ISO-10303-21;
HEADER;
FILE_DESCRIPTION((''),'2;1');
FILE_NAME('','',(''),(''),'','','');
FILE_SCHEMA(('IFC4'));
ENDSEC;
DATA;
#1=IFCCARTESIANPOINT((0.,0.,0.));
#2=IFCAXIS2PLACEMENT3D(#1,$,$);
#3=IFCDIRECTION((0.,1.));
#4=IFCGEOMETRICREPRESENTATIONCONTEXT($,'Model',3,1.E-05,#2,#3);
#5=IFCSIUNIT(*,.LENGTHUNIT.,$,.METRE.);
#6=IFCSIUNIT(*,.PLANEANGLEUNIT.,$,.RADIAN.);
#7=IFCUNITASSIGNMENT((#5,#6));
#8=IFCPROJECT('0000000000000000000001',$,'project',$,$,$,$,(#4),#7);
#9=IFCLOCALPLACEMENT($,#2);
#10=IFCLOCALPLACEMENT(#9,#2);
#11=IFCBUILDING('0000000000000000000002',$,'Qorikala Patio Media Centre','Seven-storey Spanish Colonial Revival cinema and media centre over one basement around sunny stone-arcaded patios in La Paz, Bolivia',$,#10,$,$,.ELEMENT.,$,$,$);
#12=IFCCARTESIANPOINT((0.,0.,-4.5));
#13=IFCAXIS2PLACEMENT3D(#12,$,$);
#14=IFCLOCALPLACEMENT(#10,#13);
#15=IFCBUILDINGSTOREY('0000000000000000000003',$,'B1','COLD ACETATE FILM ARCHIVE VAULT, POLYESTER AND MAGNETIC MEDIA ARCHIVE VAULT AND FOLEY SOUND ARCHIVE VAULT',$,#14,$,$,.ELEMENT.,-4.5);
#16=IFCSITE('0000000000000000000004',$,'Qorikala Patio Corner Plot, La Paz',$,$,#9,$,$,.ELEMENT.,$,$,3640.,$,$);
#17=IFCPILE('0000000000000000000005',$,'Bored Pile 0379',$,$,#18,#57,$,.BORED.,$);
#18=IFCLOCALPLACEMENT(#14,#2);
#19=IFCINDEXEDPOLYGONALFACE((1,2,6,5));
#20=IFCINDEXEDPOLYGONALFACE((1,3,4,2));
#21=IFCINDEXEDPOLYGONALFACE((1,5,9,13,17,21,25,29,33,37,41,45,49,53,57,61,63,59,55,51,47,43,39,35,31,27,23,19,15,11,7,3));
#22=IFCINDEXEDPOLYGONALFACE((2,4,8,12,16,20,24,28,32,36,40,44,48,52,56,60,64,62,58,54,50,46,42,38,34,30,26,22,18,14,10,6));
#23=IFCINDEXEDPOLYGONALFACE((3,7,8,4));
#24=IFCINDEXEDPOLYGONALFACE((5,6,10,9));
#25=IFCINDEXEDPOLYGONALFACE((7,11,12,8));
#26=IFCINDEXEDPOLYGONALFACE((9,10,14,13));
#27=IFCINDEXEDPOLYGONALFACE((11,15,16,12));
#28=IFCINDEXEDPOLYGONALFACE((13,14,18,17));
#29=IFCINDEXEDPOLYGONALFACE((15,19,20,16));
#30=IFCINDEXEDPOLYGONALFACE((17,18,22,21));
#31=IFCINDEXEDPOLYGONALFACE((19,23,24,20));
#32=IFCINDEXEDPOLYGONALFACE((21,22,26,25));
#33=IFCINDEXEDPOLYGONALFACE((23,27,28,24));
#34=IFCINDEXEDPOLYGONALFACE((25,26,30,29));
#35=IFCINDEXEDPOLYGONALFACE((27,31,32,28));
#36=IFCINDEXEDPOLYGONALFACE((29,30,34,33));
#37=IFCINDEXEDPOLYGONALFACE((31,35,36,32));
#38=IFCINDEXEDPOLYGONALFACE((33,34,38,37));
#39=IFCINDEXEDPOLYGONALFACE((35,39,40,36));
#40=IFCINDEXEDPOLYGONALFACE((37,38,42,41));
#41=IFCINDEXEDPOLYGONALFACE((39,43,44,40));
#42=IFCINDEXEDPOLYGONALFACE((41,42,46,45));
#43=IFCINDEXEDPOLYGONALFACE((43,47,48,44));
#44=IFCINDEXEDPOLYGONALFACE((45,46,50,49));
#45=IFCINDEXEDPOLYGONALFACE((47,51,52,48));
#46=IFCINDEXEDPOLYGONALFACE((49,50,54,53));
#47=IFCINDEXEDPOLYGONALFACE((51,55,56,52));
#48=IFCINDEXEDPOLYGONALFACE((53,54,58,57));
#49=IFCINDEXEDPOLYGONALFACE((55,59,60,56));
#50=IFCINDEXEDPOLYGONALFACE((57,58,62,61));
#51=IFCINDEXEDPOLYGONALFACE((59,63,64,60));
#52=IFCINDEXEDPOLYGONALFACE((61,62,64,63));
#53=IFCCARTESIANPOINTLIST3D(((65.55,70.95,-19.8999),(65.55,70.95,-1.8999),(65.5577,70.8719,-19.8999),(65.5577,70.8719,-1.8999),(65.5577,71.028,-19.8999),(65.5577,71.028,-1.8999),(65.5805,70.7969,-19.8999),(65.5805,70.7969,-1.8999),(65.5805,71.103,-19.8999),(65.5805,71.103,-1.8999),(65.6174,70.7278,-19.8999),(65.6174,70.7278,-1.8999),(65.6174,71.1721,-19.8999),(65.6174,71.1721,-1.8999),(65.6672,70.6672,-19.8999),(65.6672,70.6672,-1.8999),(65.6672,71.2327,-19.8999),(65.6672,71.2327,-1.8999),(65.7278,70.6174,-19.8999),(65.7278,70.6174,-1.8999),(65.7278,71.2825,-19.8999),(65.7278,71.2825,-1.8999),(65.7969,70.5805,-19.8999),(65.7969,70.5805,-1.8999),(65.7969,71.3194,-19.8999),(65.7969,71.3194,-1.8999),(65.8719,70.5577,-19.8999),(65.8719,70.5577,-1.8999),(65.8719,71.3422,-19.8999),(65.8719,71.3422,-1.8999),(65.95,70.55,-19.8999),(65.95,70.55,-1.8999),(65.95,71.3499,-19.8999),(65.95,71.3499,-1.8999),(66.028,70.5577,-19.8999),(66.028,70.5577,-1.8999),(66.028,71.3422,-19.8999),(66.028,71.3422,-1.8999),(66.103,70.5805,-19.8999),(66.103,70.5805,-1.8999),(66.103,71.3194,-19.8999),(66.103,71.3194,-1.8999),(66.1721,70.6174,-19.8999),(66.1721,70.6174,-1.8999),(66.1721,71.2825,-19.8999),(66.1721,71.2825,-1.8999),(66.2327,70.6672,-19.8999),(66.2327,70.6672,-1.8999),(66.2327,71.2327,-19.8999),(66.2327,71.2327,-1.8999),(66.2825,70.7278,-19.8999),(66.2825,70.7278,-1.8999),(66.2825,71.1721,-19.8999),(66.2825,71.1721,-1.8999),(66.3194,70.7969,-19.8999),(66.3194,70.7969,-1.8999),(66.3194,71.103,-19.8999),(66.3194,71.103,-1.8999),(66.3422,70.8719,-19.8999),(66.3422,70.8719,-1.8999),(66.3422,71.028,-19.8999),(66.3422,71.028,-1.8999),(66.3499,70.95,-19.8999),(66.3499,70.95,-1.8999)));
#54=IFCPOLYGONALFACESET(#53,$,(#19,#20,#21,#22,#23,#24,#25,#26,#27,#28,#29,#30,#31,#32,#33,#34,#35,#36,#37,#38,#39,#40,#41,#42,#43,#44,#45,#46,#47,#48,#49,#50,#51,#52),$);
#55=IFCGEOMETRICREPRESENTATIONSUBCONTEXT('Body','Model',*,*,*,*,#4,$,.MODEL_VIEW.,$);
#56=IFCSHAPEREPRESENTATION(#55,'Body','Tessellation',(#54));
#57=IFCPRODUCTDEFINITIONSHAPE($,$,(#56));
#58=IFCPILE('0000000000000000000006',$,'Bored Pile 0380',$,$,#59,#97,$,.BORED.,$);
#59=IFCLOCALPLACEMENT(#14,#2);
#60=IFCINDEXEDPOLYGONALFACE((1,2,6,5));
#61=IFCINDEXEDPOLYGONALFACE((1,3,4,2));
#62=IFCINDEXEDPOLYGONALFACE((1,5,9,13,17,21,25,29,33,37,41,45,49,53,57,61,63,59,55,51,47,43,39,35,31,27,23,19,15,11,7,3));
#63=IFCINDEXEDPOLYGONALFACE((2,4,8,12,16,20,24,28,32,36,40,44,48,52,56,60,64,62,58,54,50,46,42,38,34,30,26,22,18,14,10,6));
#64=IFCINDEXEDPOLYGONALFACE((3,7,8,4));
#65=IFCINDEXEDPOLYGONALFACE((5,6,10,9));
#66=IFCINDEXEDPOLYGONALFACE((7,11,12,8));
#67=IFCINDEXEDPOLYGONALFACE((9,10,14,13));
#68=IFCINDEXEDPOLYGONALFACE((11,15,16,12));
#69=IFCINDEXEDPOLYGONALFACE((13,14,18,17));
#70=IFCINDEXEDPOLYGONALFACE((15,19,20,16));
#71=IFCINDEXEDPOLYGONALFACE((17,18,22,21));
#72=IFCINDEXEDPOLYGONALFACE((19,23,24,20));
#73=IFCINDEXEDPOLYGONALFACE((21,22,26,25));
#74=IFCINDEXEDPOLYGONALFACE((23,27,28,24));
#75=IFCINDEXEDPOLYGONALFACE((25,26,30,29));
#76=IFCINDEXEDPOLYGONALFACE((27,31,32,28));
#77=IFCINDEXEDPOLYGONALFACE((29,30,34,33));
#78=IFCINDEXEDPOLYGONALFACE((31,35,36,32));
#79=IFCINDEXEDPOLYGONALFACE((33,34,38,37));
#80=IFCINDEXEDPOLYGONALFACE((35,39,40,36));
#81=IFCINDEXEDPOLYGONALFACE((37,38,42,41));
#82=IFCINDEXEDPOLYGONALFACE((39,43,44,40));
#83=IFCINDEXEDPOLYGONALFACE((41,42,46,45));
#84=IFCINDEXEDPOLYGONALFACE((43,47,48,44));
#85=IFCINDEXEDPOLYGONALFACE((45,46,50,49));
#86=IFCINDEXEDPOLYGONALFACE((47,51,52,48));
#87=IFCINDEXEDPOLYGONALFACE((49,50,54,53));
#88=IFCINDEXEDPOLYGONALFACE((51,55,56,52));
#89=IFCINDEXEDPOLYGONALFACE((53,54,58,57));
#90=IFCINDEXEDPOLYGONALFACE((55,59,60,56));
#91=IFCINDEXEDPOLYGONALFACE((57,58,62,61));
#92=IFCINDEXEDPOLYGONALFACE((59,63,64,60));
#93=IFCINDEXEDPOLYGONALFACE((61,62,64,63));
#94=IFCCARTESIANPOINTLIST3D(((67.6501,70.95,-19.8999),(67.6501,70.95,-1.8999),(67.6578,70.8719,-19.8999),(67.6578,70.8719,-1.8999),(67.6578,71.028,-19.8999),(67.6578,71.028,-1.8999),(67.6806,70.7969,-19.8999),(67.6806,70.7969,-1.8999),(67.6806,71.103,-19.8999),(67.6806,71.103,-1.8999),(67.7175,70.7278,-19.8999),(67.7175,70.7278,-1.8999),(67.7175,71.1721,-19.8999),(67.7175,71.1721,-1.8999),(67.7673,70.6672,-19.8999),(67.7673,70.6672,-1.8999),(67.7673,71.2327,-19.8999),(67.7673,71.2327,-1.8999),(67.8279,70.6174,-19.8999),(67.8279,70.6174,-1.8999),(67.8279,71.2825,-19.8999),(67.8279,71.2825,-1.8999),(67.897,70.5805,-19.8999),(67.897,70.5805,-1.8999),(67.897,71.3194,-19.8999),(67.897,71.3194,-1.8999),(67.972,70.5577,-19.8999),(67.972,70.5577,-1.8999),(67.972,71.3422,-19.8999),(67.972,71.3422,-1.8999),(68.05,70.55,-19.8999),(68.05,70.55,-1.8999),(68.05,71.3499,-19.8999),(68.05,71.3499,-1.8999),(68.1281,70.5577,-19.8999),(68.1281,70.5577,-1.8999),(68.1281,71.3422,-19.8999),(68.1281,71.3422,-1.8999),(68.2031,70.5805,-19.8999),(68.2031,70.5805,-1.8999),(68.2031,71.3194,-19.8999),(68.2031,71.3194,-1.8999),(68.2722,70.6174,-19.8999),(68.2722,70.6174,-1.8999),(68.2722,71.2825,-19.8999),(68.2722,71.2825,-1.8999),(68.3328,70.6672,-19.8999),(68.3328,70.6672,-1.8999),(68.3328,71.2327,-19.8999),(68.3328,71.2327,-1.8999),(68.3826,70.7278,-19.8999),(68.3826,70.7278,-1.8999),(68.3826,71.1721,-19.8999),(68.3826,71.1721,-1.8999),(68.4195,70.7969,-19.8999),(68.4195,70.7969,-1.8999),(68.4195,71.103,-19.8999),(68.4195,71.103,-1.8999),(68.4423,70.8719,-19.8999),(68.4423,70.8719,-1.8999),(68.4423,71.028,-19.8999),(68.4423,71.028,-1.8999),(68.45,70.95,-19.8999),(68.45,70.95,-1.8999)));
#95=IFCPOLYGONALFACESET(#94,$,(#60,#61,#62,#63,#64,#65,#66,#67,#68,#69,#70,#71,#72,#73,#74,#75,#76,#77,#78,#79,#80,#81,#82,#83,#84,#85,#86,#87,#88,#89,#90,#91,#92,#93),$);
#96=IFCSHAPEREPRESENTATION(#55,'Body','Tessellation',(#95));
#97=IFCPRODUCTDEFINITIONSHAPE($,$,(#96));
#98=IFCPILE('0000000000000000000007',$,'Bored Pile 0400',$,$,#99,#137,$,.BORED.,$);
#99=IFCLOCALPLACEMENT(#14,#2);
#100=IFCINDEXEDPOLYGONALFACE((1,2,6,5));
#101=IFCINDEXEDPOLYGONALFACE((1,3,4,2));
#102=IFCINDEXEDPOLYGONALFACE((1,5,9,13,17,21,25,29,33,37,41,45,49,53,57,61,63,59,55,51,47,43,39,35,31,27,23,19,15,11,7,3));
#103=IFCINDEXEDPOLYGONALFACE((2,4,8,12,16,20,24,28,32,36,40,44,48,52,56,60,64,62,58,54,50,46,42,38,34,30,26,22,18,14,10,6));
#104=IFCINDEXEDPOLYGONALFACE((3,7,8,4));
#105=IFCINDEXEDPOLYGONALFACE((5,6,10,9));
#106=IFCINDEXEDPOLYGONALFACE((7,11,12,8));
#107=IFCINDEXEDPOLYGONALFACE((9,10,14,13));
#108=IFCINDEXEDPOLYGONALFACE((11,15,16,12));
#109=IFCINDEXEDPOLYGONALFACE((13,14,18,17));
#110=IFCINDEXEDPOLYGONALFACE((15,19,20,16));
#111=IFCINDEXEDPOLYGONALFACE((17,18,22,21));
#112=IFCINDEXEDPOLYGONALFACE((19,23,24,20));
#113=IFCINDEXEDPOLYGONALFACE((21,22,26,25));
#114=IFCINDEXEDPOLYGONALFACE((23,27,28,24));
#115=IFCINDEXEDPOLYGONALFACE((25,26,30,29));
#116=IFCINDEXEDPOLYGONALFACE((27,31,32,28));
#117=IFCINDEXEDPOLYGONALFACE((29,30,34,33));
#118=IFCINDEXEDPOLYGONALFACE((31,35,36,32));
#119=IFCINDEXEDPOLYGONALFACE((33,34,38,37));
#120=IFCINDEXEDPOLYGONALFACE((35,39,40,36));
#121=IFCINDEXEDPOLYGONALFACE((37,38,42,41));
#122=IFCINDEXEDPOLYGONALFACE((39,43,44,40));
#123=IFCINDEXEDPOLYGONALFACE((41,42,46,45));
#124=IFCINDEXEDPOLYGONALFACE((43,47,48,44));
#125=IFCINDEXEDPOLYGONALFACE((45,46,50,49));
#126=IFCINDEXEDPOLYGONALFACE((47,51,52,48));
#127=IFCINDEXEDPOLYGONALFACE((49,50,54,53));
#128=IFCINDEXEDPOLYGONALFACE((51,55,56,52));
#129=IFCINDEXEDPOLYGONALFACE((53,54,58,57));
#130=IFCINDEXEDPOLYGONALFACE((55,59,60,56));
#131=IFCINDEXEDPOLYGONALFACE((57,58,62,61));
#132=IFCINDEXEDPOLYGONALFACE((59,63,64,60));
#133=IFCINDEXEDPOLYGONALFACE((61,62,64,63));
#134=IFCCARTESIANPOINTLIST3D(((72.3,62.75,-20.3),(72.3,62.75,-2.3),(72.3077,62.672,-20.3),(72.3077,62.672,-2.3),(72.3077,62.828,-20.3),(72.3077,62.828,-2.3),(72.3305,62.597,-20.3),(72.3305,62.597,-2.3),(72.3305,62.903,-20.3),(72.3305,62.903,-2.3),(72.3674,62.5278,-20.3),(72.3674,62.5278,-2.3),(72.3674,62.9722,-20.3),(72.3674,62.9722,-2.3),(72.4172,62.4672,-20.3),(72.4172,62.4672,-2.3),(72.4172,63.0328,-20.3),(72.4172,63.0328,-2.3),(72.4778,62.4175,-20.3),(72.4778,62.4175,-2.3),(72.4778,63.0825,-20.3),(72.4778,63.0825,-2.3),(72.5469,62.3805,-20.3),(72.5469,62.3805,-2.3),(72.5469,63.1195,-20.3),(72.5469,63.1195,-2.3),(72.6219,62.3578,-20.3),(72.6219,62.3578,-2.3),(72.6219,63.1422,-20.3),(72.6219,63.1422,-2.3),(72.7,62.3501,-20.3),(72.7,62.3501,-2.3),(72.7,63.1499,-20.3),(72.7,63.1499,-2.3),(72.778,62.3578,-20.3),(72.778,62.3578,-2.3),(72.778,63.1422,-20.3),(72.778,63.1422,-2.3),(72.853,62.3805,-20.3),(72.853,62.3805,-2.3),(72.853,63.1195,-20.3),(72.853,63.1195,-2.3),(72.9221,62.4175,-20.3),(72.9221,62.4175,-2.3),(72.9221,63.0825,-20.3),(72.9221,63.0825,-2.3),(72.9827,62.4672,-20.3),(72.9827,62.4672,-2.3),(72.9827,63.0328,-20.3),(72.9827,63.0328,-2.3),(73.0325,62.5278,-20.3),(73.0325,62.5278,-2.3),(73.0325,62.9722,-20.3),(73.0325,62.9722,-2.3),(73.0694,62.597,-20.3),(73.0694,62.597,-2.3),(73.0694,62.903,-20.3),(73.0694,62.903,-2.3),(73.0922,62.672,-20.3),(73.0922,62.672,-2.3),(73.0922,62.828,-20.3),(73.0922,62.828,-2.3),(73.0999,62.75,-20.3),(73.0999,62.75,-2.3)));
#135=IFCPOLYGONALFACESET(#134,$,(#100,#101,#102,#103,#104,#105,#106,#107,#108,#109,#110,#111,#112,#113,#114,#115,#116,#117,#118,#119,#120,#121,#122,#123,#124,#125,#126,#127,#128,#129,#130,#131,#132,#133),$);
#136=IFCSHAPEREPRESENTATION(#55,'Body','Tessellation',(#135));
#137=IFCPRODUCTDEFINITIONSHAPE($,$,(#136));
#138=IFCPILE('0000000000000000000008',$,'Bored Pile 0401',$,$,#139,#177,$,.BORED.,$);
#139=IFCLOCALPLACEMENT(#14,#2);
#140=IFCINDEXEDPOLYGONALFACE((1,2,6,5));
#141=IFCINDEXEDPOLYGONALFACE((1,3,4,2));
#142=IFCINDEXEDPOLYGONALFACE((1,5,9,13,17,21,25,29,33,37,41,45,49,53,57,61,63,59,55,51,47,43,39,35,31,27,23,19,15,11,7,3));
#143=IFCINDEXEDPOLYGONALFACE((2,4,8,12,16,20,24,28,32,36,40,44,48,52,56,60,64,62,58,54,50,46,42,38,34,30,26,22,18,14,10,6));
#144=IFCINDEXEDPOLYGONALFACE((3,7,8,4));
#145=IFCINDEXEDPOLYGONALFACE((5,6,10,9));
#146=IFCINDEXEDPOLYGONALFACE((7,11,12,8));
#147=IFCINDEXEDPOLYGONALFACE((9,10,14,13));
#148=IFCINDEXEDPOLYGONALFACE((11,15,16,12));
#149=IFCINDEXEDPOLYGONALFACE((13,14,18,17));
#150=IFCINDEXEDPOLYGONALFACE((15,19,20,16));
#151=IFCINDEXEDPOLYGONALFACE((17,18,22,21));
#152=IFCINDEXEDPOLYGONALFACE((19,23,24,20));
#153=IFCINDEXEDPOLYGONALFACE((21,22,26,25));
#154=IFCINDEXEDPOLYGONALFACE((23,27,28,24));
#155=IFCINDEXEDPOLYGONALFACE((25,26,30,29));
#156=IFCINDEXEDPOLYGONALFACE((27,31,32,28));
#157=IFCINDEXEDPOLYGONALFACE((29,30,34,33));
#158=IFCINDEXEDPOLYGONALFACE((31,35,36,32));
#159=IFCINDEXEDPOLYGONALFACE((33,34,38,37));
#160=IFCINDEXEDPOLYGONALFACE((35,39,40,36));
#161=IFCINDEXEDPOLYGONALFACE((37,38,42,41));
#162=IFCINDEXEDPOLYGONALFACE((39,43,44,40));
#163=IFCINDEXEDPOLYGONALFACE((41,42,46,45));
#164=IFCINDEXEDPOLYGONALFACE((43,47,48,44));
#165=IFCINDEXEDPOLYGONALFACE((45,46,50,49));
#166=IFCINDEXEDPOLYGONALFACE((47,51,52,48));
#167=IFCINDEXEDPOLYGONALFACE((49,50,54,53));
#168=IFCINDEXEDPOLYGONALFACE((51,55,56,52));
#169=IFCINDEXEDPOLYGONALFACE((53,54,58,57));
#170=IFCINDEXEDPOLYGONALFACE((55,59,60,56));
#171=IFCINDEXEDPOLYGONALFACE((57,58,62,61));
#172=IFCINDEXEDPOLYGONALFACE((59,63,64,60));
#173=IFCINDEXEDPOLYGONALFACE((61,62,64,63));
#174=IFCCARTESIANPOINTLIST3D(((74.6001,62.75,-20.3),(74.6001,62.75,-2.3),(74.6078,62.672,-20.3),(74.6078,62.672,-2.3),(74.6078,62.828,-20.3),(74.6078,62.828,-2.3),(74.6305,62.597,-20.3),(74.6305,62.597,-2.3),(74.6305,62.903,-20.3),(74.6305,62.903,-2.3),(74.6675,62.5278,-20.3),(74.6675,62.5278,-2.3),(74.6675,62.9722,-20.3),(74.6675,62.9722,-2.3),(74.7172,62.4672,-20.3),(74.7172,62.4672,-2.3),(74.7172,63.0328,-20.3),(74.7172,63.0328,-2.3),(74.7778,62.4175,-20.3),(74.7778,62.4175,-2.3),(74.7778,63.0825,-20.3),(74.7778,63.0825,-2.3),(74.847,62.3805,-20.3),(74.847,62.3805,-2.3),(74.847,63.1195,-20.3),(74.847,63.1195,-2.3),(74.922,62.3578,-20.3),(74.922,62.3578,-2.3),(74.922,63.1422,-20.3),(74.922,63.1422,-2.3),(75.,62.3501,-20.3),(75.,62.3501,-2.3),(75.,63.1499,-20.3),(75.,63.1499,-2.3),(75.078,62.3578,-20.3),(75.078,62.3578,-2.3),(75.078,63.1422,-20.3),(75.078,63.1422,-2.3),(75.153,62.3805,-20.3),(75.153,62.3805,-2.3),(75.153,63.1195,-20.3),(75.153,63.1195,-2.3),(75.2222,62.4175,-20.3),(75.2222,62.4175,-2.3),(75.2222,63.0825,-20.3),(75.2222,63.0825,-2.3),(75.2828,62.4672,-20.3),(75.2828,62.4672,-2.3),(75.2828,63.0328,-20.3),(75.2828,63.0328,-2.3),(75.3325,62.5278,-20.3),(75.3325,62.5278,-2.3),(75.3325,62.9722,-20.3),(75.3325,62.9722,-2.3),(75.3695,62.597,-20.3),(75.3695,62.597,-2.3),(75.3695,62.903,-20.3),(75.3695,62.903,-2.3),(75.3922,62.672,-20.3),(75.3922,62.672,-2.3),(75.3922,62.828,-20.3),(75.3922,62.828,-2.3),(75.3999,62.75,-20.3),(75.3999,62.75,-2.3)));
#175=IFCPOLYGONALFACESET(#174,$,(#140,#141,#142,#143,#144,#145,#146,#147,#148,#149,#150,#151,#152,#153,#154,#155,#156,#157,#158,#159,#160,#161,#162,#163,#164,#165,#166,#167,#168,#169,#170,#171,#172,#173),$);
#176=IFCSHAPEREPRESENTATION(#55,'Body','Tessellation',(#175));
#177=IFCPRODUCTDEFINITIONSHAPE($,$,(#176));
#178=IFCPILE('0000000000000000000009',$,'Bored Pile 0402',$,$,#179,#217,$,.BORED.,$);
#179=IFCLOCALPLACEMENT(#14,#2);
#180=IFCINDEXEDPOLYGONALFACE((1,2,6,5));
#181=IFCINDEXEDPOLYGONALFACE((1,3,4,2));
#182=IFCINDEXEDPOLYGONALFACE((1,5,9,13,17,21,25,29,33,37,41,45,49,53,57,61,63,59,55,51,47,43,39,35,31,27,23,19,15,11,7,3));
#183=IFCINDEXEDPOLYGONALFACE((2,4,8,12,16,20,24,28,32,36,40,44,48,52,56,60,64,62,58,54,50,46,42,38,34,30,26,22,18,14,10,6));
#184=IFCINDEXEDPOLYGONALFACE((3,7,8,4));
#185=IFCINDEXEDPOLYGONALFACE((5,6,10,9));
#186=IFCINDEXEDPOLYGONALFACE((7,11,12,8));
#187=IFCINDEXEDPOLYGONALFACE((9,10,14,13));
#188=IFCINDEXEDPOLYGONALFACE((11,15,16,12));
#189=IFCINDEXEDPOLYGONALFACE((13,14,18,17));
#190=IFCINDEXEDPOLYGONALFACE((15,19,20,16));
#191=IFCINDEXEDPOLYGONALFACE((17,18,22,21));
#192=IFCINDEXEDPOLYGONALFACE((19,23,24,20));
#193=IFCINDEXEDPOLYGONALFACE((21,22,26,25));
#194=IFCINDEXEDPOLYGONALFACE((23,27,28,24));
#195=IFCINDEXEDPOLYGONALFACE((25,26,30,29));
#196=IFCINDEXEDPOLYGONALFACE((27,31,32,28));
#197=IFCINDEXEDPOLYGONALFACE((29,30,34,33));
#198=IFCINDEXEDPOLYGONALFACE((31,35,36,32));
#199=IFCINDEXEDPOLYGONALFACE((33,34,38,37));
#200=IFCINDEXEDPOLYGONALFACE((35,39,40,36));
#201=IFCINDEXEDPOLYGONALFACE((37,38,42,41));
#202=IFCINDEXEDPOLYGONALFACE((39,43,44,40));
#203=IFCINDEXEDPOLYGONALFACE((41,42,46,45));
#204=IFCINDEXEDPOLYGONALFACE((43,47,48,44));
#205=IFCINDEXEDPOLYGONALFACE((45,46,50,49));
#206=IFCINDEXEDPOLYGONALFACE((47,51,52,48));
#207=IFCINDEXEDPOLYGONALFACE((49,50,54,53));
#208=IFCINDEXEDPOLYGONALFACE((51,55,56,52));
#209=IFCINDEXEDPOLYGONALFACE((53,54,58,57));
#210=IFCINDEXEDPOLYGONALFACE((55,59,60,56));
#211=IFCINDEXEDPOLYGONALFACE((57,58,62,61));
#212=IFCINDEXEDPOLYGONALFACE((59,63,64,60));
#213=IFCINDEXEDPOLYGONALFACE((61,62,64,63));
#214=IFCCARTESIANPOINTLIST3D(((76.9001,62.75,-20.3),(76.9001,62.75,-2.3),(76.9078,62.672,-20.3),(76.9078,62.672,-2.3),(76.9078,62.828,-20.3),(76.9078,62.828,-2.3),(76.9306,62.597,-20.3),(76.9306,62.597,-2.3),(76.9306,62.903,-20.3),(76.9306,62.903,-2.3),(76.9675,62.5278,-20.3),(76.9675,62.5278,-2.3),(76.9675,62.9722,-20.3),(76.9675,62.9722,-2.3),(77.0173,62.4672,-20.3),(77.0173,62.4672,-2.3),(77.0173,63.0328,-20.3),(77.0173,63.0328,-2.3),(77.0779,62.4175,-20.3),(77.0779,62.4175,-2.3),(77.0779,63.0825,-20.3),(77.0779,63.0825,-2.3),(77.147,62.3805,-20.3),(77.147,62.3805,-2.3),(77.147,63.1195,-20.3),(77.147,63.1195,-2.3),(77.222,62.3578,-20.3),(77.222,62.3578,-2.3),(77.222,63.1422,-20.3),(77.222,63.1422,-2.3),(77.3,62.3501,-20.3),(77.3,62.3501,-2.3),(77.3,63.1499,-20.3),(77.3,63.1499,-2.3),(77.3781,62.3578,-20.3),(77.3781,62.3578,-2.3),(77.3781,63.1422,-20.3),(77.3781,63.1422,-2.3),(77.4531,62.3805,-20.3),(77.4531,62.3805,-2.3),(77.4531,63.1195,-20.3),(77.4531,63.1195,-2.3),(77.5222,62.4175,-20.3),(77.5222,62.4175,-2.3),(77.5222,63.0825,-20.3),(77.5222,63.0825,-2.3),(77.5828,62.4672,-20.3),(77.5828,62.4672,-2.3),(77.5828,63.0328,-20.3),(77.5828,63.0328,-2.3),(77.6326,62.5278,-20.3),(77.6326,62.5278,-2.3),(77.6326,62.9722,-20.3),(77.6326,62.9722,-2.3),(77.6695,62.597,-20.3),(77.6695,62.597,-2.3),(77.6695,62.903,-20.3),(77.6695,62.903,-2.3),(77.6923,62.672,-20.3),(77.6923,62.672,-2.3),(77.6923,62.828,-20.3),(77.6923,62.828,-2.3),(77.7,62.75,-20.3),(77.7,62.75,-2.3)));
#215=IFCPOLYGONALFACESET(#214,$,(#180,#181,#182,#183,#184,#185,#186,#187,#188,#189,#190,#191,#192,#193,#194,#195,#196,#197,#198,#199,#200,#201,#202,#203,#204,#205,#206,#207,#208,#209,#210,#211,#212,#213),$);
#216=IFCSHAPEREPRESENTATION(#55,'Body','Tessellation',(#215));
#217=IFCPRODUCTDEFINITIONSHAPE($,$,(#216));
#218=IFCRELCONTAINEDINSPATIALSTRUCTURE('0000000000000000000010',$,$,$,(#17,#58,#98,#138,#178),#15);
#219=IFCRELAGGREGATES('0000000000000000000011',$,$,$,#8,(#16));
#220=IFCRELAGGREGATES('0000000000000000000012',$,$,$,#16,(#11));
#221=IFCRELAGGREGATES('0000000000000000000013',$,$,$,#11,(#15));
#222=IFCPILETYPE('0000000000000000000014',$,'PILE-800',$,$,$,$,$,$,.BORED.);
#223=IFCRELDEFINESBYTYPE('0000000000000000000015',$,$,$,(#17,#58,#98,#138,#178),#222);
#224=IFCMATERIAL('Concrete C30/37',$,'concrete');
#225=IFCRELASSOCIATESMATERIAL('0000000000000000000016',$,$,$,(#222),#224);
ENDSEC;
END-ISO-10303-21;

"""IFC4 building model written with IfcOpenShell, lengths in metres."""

from ifc_helpers import new_model, si_unit, direction, frame, origin, origin_2d, place, context, subcontext, project, spatial, circle, extrude, material, material_profile, profile_set, type_object, element, save


model = new_model("IFC4")

# Units and contexts
model_context = context("Model", 3, precision=1e-05, world=origin(), true_north=direction((0.0, 1.0)))
body_context = subcontext(model_context, "Body", "Model", "MODEL_VIEW")
ifc_project = project(units=[si_unit("LENGTHUNIT", "METRE"), si_unit("PLANEANGLEUNIT", "RADIAN")], contexts=[model_context])

# Site, building, storey
site_placement = place(None, origin())
site = spatial("IfcSite", under=ifc_project, at=site_placement, Name="Qorikala Patio Corner Plot, La Paz", CompositionType="ELEMENT", RefElevation=3640.0)
building_placement = place(site_placement, origin())
building = spatial("IfcBuilding", under=site, at=building_placement, Name="Qorikala Patio Media Centre", Description="Seven-storey Spanish Colonial Revival cinema and media centre over one basement around sunny stone-arcaded patios in La Paz, Bolivia", CompositionType="ELEMENT")
storey_placement = place(building_placement, frame((0.0, 0.0, -4.5)))
storey = spatial("IfcBuildingStorey", under=building, at=storey_placement, Name="B1", Description="COLD ACETATE FILM ARCHIVE VAULT, POLYESTER AND MAGNETIC MEDIA ARCHIVE VAULT AND FOLEY SOUND ARCHIVE VAULT", CompositionType="ELEMENT", Elevation=-4.5)

# Shared definitions
ifc_material_1 = material(Name="Concrete C30/37", Category="concrete")

# Piles
ifc_material_profile_1 = material_profile(ifc_material_1, circle(Radius=0.3999, at=origin_2d()), Name="BORED PILE 800")
ifc_profile_set_1 = profile_set([ifc_material_profile_1], Name="Concrete C30/37")
pile_type = type_object("IfcPileType", Name="PILE-800", PredefinedType="BORED", material=ifc_profile_set_1)
for number, where, z_axis, x_axis, name in (
    (1, (65.95, 70.95, -1.8999), (0.0, 0.0, -1.0), (1.0, 0.0, 0.0), "Bored Pile 0379"),
    (2, (68.05, 70.95, -1.8999), (0.0, 0.0, -1.0), (1.0, 0.0, 0.0), "Bored Pile 0380"),
    (3, (72.7, 62.75, -2.3), (0.0, 0.0, -1.0), (1.0, 0.0, 0.0), "Bored Pile 0400"),
    (4, (75.0, 62.75, -2.3), (0.0, 0.0, -1.0), (1.0, 0.0, 0.0), "Bored Pile 0401"),
    (5, (77.3, 62.75, -2.3), (0.0, 0.0, -1.0), (1.0, 0.0, 0.0), "Bored Pile 0402"),
):
    element("IfcPile", number, at=place(storey_placement, frame(where, z_axis=z_axis, x_axis=x_axis)), inside=storey, type_object=pile_type, Name=name, PredefinedType="BORED", context=body_context, shape_type="SweptSolid", body=[
        extrude(circle(Radius=0.3999, at=origin_2d()), origin(), (0.0, 0.0, 1.0), 18.0),
    ])

save(model, "model.ifc")
